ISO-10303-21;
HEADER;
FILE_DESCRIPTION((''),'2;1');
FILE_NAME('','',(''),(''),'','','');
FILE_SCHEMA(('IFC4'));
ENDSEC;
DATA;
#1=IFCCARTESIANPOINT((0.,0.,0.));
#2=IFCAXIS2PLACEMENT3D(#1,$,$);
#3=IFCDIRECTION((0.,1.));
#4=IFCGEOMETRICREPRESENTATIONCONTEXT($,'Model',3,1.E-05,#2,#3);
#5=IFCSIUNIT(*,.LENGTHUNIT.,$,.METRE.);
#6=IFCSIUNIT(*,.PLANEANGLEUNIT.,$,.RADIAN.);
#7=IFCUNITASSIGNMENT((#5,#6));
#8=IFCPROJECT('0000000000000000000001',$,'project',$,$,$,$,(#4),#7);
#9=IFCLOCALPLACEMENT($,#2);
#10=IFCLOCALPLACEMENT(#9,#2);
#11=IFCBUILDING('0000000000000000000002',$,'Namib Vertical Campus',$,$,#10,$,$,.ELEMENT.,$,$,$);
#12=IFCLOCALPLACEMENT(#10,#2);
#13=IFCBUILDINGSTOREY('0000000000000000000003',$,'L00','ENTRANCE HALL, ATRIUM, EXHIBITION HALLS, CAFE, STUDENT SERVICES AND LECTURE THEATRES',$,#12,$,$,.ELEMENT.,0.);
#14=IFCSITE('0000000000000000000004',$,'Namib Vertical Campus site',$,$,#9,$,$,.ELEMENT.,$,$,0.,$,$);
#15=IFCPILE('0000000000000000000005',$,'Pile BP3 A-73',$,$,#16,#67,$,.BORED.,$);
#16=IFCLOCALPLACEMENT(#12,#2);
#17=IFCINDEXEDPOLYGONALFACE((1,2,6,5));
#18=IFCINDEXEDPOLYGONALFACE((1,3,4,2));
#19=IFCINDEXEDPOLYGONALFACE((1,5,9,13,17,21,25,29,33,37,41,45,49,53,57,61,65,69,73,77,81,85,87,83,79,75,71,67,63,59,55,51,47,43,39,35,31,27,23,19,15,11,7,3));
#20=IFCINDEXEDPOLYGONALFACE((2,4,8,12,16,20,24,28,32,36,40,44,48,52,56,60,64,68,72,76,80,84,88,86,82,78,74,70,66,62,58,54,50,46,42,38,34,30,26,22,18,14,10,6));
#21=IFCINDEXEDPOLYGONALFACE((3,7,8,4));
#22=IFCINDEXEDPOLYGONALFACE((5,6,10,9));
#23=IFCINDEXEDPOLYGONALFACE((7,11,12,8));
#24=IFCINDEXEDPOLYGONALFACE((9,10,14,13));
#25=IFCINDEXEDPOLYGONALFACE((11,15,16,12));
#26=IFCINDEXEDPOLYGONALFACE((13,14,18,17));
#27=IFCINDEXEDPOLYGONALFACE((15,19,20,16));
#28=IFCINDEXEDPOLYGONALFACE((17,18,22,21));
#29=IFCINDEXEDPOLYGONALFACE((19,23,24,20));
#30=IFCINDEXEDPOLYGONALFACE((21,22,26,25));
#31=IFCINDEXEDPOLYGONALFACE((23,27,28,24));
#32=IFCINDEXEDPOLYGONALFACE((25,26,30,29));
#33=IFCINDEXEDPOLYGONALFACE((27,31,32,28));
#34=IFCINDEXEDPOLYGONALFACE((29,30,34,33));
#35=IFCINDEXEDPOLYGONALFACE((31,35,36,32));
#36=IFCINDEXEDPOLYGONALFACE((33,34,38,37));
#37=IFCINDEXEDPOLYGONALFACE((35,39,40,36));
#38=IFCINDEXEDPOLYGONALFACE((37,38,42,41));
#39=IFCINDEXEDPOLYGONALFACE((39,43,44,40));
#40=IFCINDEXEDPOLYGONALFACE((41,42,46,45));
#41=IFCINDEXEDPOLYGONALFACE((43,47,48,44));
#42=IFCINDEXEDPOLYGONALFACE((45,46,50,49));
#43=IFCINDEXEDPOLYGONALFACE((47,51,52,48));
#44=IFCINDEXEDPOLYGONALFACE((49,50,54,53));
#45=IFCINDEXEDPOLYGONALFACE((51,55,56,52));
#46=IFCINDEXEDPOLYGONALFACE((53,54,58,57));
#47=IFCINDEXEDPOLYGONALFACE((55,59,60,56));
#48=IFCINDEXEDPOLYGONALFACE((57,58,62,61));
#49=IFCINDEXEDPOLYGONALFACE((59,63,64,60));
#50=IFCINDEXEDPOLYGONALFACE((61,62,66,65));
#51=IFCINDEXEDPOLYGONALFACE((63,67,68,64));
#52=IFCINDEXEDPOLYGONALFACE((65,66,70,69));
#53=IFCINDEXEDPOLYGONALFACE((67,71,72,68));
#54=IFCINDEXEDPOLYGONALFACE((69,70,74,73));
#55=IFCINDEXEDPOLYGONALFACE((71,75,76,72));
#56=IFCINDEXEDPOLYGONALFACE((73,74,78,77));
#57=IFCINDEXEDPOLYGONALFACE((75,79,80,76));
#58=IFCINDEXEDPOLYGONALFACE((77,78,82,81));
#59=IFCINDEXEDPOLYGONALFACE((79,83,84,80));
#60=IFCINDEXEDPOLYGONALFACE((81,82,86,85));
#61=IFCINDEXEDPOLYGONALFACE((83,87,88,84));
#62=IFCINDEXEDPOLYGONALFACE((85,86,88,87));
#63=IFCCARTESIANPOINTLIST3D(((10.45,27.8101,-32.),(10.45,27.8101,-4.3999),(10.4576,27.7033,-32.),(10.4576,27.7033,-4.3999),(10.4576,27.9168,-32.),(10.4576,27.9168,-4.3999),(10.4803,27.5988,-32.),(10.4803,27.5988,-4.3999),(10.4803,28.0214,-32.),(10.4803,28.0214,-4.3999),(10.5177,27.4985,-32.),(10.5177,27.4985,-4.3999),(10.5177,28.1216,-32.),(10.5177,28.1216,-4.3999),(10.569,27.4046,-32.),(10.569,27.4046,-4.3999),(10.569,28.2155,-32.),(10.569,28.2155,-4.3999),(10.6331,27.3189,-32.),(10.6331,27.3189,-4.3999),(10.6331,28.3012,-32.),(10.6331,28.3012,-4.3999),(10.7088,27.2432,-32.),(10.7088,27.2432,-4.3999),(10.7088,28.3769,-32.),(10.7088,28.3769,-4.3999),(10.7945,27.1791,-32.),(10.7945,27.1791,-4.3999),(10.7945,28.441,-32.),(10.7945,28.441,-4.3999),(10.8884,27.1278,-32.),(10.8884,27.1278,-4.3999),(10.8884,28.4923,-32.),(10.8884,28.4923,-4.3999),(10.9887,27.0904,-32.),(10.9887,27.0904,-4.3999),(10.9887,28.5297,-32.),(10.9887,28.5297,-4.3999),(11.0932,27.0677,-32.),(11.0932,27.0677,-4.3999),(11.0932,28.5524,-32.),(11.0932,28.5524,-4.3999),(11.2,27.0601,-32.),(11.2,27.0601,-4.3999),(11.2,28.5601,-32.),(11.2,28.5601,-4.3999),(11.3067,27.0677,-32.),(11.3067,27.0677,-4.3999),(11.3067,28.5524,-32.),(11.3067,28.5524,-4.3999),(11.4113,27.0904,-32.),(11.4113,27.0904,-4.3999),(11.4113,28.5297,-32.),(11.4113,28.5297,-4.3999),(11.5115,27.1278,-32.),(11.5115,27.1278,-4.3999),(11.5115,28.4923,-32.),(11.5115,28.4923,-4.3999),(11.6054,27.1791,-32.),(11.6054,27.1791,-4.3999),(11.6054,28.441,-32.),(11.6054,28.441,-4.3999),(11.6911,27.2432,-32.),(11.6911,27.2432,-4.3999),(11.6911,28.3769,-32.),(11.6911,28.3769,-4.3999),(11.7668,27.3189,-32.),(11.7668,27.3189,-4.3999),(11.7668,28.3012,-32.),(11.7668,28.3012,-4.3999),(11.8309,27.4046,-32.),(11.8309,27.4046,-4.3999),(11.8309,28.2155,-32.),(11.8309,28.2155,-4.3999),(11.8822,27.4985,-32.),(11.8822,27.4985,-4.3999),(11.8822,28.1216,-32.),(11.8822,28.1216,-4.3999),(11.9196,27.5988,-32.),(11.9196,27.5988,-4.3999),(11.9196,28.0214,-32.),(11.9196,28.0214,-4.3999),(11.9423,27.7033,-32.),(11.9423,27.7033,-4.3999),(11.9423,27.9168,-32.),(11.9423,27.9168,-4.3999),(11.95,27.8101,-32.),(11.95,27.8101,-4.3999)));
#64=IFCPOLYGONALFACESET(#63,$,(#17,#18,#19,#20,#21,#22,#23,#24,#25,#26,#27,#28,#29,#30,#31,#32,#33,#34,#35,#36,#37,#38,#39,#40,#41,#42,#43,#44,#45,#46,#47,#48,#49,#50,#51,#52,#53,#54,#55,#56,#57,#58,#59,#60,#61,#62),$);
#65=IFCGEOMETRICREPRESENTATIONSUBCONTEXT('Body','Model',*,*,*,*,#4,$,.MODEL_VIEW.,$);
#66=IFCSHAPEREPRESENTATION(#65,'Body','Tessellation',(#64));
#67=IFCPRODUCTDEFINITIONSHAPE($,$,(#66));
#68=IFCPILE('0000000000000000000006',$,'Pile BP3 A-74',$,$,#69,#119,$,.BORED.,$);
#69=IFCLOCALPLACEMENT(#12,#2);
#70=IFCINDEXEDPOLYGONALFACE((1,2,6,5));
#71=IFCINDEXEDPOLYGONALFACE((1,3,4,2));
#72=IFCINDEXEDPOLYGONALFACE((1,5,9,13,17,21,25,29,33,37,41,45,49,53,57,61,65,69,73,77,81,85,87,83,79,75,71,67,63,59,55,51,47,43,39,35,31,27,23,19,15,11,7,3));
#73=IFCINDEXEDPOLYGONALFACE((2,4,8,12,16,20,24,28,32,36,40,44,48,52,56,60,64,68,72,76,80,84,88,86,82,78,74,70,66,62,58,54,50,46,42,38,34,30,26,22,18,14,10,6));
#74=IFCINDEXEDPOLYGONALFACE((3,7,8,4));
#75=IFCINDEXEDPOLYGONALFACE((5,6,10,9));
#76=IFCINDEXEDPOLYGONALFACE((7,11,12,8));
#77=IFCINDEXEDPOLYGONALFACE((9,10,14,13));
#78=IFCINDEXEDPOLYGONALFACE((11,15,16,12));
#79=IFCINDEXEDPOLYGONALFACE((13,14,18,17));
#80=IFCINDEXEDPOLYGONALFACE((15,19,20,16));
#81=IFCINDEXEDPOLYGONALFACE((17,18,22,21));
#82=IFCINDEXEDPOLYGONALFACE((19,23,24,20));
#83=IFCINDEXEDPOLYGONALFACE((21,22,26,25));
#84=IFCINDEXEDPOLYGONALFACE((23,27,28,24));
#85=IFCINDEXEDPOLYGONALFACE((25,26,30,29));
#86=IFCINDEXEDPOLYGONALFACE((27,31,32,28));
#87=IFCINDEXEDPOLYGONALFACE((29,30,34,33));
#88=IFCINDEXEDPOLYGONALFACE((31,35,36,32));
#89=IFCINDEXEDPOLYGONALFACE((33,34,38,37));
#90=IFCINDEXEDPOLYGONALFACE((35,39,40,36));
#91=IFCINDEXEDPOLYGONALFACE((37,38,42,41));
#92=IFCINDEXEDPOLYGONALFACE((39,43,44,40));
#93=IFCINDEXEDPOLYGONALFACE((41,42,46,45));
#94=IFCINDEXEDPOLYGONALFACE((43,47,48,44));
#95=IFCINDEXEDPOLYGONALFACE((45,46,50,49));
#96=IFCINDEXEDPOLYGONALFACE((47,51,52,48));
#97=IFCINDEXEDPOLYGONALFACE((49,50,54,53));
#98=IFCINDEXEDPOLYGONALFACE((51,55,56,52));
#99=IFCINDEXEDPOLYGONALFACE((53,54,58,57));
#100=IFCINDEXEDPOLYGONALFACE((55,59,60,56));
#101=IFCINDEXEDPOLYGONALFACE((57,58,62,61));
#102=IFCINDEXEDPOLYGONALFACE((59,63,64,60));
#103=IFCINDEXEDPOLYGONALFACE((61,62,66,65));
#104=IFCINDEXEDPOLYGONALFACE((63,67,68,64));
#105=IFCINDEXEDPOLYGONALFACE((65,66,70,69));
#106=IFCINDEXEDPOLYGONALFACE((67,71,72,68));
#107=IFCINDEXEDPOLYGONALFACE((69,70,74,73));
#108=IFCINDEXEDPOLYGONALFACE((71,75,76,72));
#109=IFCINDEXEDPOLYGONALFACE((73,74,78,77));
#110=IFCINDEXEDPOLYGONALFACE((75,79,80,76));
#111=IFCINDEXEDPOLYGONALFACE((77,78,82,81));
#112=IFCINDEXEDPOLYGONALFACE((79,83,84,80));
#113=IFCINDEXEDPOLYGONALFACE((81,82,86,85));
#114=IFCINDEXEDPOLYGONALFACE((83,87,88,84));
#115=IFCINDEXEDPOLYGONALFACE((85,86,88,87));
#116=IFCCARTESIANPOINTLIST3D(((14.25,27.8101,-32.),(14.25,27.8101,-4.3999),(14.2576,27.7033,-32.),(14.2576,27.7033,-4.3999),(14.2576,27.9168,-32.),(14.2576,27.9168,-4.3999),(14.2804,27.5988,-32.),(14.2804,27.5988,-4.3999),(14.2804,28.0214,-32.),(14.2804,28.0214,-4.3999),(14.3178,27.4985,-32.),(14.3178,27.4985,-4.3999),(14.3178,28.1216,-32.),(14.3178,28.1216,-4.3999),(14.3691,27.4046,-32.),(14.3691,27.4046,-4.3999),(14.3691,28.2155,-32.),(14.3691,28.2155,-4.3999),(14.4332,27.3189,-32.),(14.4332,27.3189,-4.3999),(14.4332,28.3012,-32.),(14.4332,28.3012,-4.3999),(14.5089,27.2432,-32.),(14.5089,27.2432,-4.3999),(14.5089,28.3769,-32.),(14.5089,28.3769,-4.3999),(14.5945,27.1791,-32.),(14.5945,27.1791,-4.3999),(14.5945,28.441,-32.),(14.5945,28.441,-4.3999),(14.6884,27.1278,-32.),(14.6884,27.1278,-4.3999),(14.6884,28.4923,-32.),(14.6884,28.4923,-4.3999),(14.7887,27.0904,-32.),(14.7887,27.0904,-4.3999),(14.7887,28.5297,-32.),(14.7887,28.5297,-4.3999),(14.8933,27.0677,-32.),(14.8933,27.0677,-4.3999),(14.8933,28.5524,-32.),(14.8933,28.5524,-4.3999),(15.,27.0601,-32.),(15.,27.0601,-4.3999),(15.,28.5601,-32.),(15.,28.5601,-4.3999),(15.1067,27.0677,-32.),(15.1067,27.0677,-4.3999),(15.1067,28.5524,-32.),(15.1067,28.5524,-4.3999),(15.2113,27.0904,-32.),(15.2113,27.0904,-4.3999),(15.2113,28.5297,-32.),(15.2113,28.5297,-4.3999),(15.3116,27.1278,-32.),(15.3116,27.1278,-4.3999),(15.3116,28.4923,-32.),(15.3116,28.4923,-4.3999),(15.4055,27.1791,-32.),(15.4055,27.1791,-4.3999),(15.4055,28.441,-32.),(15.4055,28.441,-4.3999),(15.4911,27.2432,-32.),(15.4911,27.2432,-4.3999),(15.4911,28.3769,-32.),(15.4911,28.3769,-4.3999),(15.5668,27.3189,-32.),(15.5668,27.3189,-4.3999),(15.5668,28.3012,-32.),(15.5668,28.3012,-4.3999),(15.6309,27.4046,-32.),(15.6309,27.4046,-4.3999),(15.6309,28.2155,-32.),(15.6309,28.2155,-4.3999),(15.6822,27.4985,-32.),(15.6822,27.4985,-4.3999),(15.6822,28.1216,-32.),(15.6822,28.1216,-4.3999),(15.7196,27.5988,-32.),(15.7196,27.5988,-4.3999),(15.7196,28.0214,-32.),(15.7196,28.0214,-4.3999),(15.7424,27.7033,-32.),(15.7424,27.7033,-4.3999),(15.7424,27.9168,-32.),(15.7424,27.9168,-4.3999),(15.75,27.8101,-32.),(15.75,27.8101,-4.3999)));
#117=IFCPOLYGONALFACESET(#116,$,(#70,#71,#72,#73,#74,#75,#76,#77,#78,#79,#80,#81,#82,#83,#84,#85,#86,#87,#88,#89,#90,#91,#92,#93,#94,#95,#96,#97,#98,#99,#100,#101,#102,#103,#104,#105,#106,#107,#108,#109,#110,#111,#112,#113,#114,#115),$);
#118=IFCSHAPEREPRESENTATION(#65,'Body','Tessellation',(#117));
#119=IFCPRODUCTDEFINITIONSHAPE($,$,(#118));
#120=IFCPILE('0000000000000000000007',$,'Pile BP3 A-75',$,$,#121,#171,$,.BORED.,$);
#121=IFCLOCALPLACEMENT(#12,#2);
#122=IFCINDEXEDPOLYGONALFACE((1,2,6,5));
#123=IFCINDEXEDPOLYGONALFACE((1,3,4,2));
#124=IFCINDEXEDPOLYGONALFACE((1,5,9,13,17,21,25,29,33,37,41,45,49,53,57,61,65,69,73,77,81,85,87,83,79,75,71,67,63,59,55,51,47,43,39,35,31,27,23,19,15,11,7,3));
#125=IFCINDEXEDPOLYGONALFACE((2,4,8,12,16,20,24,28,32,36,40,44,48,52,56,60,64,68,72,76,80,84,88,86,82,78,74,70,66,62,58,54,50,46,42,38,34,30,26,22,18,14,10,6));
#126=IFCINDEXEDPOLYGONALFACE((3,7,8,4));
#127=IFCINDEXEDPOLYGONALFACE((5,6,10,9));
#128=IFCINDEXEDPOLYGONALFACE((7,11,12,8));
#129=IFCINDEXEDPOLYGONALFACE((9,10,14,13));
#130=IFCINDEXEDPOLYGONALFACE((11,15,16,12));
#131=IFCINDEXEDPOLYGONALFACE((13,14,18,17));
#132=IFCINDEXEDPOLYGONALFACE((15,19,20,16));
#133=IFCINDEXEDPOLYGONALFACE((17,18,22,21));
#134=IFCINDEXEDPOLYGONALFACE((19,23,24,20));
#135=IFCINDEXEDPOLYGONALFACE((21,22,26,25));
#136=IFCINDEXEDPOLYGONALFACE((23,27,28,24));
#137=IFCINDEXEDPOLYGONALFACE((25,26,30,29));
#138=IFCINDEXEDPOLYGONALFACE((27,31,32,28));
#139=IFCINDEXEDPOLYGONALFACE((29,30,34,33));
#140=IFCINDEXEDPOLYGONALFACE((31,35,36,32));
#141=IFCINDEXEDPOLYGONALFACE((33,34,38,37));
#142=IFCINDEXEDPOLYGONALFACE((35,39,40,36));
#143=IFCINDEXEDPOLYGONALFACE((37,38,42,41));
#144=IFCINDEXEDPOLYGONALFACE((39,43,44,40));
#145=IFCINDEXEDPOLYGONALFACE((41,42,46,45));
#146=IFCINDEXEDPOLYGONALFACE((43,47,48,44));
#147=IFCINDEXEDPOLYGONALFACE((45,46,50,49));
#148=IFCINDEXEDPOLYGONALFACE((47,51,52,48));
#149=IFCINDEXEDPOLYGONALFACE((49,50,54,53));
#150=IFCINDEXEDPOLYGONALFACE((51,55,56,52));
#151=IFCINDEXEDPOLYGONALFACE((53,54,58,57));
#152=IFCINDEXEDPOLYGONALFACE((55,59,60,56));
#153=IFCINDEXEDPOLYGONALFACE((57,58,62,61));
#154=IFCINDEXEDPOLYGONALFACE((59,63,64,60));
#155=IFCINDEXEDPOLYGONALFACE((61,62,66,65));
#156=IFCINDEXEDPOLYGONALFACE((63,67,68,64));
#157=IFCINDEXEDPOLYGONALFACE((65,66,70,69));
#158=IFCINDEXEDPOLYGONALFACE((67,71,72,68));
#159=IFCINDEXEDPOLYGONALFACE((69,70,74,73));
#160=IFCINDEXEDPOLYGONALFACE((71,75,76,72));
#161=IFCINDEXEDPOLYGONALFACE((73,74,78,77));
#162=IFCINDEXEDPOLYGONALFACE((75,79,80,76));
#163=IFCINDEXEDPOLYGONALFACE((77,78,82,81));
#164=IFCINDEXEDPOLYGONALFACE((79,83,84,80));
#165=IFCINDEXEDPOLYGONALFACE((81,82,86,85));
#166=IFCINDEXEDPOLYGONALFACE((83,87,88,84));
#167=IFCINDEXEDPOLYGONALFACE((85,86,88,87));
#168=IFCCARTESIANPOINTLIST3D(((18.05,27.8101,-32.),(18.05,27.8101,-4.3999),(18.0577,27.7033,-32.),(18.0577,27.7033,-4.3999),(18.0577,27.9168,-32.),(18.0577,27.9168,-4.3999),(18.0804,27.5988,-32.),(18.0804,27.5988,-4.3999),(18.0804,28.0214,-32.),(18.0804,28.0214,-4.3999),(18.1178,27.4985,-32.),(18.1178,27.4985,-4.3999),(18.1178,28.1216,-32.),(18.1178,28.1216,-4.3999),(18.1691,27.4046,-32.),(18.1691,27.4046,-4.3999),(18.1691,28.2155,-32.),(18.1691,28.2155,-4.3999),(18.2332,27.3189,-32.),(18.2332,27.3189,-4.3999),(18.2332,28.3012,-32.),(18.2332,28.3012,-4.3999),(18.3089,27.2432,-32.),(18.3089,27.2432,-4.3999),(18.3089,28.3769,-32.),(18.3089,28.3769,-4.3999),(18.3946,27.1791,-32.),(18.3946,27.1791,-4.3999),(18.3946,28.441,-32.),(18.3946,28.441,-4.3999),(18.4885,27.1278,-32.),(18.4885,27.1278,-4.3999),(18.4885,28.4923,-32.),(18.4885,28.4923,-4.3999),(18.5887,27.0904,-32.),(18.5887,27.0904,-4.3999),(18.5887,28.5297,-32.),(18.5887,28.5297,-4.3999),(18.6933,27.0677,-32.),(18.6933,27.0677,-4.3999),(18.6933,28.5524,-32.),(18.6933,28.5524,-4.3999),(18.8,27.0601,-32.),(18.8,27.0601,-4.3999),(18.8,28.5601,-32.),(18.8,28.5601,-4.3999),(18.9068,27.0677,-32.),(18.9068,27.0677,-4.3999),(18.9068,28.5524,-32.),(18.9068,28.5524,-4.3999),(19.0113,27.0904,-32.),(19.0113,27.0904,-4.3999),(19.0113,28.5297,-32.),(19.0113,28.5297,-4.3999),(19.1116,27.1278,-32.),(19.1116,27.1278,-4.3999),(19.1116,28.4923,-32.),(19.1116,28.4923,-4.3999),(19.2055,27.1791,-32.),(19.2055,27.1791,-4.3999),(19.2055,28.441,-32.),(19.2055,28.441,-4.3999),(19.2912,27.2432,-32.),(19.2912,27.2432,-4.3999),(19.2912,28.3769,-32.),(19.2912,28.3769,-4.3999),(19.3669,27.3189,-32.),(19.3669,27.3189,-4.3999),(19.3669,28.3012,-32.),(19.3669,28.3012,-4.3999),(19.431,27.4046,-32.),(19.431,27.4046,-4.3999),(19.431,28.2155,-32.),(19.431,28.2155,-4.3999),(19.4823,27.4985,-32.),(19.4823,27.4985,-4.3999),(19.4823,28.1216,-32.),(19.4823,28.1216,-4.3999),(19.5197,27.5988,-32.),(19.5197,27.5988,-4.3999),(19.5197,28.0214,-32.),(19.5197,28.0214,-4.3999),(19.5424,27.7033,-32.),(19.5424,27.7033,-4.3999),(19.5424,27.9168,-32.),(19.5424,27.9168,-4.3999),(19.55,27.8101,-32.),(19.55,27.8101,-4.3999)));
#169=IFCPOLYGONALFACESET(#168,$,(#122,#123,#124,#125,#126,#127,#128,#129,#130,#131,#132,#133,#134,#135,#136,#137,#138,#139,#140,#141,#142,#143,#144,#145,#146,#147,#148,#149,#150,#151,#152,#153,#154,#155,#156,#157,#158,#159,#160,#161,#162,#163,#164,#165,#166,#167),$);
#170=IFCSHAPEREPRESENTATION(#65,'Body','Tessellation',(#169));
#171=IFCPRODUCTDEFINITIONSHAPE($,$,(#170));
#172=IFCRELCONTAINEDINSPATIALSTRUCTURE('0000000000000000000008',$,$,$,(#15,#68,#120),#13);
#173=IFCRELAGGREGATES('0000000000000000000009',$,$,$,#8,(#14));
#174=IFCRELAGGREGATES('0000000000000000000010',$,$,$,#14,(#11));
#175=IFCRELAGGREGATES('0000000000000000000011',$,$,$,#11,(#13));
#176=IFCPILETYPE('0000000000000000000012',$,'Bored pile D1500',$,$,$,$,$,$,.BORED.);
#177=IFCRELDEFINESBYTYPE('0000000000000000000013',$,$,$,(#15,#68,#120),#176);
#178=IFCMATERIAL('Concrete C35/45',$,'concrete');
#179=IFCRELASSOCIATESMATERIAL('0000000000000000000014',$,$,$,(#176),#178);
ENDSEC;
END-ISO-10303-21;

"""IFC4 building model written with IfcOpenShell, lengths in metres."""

from ifc_helpers import new_model, si_unit, direction, frame, origin, origin_2d, place, context, subcontext, project, spatial, circle, extrude, material, material_profile, profile_set, type_object, element, save


model = new_model("IFC4")

# Units and contexts
model_context = context("Model", 3, precision=1e-05, world=origin(), true_north=direction((0.0, 1.0)))
body_context = subcontext(model_context, "Body", "Model", "MODEL_VIEW")
ifc_project = project(units=[si_unit("LENGTHUNIT", "METRE"), si_unit("PLANEANGLEUNIT", "RADIAN")], contexts=[model_context])

# Site, building, storey
site_placement = place(None, origin())
site = spatial("IfcSite", under=ifc_project, at=site_placement, Name="Namib Vertical Campus site", CompositionType="ELEMENT", RefElevation=0.0)
building_placement = place(site_placement, origin())
building = spatial("IfcBuilding", under=site, at=building_placement, Name="Namib Vertical Campus", CompositionType="ELEMENT")
storey_placement = place(building_placement, origin())
storey = spatial("IfcBuildingStorey", under=building, at=storey_placement, Name="L00", Description="ENTRANCE HALL, ATRIUM, EXHIBITION HALLS, CAFE, STUDENT SERVICES AND LECTURE THEATRES", CompositionType="ELEMENT", Elevation=0.0)

# Piles
ifc_material_1 = material(Name="Concrete C35/45", Category="concrete")
ifc_material_profile_1 = material_profile(ifc_material_1, circle(Radius=0.75, at=origin_2d()))
ifc_profile_set_1 = profile_set([ifc_material_profile_1], Name="Concrete C35/45")
pile_type = type_object("IfcPileType", Name="Bored pile D1500", PredefinedType="BORED", material=ifc_profile_set_1)
for number, where, z_axis, x_axis, name in (
    (1, (11.2, 27.8101, -4.3999), (0.0, 0.0, -1.0), (1.0, 0.0, 0.0), "Pile BP3 A-73"),
    (2, (15.0, 27.8101, -4.3999), (0.0, 0.0, -1.0), (1.0, 0.0, 0.0), "Pile BP3 A-74"),
    (3, (18.8, 27.8101, -4.3999), (0.0, 0.0, -1.0), (1.0, 0.0, 0.0), "Pile BP3 A-75"),
):
    element("IfcPile", number, at=place(storey_placement, frame(where, z_axis=z_axis, x_axis=x_axis)), inside=storey, type_object=pile_type, Name=name, PredefinedType="BORED", context=body_context, shape_type="SweptSolid", body=[
        extrude(circle(Radius=0.75, at=origin_2d()), origin(), (0.0, 0.0, 1.0), 27.6001),
    ])

save(model, "model.ifc")
